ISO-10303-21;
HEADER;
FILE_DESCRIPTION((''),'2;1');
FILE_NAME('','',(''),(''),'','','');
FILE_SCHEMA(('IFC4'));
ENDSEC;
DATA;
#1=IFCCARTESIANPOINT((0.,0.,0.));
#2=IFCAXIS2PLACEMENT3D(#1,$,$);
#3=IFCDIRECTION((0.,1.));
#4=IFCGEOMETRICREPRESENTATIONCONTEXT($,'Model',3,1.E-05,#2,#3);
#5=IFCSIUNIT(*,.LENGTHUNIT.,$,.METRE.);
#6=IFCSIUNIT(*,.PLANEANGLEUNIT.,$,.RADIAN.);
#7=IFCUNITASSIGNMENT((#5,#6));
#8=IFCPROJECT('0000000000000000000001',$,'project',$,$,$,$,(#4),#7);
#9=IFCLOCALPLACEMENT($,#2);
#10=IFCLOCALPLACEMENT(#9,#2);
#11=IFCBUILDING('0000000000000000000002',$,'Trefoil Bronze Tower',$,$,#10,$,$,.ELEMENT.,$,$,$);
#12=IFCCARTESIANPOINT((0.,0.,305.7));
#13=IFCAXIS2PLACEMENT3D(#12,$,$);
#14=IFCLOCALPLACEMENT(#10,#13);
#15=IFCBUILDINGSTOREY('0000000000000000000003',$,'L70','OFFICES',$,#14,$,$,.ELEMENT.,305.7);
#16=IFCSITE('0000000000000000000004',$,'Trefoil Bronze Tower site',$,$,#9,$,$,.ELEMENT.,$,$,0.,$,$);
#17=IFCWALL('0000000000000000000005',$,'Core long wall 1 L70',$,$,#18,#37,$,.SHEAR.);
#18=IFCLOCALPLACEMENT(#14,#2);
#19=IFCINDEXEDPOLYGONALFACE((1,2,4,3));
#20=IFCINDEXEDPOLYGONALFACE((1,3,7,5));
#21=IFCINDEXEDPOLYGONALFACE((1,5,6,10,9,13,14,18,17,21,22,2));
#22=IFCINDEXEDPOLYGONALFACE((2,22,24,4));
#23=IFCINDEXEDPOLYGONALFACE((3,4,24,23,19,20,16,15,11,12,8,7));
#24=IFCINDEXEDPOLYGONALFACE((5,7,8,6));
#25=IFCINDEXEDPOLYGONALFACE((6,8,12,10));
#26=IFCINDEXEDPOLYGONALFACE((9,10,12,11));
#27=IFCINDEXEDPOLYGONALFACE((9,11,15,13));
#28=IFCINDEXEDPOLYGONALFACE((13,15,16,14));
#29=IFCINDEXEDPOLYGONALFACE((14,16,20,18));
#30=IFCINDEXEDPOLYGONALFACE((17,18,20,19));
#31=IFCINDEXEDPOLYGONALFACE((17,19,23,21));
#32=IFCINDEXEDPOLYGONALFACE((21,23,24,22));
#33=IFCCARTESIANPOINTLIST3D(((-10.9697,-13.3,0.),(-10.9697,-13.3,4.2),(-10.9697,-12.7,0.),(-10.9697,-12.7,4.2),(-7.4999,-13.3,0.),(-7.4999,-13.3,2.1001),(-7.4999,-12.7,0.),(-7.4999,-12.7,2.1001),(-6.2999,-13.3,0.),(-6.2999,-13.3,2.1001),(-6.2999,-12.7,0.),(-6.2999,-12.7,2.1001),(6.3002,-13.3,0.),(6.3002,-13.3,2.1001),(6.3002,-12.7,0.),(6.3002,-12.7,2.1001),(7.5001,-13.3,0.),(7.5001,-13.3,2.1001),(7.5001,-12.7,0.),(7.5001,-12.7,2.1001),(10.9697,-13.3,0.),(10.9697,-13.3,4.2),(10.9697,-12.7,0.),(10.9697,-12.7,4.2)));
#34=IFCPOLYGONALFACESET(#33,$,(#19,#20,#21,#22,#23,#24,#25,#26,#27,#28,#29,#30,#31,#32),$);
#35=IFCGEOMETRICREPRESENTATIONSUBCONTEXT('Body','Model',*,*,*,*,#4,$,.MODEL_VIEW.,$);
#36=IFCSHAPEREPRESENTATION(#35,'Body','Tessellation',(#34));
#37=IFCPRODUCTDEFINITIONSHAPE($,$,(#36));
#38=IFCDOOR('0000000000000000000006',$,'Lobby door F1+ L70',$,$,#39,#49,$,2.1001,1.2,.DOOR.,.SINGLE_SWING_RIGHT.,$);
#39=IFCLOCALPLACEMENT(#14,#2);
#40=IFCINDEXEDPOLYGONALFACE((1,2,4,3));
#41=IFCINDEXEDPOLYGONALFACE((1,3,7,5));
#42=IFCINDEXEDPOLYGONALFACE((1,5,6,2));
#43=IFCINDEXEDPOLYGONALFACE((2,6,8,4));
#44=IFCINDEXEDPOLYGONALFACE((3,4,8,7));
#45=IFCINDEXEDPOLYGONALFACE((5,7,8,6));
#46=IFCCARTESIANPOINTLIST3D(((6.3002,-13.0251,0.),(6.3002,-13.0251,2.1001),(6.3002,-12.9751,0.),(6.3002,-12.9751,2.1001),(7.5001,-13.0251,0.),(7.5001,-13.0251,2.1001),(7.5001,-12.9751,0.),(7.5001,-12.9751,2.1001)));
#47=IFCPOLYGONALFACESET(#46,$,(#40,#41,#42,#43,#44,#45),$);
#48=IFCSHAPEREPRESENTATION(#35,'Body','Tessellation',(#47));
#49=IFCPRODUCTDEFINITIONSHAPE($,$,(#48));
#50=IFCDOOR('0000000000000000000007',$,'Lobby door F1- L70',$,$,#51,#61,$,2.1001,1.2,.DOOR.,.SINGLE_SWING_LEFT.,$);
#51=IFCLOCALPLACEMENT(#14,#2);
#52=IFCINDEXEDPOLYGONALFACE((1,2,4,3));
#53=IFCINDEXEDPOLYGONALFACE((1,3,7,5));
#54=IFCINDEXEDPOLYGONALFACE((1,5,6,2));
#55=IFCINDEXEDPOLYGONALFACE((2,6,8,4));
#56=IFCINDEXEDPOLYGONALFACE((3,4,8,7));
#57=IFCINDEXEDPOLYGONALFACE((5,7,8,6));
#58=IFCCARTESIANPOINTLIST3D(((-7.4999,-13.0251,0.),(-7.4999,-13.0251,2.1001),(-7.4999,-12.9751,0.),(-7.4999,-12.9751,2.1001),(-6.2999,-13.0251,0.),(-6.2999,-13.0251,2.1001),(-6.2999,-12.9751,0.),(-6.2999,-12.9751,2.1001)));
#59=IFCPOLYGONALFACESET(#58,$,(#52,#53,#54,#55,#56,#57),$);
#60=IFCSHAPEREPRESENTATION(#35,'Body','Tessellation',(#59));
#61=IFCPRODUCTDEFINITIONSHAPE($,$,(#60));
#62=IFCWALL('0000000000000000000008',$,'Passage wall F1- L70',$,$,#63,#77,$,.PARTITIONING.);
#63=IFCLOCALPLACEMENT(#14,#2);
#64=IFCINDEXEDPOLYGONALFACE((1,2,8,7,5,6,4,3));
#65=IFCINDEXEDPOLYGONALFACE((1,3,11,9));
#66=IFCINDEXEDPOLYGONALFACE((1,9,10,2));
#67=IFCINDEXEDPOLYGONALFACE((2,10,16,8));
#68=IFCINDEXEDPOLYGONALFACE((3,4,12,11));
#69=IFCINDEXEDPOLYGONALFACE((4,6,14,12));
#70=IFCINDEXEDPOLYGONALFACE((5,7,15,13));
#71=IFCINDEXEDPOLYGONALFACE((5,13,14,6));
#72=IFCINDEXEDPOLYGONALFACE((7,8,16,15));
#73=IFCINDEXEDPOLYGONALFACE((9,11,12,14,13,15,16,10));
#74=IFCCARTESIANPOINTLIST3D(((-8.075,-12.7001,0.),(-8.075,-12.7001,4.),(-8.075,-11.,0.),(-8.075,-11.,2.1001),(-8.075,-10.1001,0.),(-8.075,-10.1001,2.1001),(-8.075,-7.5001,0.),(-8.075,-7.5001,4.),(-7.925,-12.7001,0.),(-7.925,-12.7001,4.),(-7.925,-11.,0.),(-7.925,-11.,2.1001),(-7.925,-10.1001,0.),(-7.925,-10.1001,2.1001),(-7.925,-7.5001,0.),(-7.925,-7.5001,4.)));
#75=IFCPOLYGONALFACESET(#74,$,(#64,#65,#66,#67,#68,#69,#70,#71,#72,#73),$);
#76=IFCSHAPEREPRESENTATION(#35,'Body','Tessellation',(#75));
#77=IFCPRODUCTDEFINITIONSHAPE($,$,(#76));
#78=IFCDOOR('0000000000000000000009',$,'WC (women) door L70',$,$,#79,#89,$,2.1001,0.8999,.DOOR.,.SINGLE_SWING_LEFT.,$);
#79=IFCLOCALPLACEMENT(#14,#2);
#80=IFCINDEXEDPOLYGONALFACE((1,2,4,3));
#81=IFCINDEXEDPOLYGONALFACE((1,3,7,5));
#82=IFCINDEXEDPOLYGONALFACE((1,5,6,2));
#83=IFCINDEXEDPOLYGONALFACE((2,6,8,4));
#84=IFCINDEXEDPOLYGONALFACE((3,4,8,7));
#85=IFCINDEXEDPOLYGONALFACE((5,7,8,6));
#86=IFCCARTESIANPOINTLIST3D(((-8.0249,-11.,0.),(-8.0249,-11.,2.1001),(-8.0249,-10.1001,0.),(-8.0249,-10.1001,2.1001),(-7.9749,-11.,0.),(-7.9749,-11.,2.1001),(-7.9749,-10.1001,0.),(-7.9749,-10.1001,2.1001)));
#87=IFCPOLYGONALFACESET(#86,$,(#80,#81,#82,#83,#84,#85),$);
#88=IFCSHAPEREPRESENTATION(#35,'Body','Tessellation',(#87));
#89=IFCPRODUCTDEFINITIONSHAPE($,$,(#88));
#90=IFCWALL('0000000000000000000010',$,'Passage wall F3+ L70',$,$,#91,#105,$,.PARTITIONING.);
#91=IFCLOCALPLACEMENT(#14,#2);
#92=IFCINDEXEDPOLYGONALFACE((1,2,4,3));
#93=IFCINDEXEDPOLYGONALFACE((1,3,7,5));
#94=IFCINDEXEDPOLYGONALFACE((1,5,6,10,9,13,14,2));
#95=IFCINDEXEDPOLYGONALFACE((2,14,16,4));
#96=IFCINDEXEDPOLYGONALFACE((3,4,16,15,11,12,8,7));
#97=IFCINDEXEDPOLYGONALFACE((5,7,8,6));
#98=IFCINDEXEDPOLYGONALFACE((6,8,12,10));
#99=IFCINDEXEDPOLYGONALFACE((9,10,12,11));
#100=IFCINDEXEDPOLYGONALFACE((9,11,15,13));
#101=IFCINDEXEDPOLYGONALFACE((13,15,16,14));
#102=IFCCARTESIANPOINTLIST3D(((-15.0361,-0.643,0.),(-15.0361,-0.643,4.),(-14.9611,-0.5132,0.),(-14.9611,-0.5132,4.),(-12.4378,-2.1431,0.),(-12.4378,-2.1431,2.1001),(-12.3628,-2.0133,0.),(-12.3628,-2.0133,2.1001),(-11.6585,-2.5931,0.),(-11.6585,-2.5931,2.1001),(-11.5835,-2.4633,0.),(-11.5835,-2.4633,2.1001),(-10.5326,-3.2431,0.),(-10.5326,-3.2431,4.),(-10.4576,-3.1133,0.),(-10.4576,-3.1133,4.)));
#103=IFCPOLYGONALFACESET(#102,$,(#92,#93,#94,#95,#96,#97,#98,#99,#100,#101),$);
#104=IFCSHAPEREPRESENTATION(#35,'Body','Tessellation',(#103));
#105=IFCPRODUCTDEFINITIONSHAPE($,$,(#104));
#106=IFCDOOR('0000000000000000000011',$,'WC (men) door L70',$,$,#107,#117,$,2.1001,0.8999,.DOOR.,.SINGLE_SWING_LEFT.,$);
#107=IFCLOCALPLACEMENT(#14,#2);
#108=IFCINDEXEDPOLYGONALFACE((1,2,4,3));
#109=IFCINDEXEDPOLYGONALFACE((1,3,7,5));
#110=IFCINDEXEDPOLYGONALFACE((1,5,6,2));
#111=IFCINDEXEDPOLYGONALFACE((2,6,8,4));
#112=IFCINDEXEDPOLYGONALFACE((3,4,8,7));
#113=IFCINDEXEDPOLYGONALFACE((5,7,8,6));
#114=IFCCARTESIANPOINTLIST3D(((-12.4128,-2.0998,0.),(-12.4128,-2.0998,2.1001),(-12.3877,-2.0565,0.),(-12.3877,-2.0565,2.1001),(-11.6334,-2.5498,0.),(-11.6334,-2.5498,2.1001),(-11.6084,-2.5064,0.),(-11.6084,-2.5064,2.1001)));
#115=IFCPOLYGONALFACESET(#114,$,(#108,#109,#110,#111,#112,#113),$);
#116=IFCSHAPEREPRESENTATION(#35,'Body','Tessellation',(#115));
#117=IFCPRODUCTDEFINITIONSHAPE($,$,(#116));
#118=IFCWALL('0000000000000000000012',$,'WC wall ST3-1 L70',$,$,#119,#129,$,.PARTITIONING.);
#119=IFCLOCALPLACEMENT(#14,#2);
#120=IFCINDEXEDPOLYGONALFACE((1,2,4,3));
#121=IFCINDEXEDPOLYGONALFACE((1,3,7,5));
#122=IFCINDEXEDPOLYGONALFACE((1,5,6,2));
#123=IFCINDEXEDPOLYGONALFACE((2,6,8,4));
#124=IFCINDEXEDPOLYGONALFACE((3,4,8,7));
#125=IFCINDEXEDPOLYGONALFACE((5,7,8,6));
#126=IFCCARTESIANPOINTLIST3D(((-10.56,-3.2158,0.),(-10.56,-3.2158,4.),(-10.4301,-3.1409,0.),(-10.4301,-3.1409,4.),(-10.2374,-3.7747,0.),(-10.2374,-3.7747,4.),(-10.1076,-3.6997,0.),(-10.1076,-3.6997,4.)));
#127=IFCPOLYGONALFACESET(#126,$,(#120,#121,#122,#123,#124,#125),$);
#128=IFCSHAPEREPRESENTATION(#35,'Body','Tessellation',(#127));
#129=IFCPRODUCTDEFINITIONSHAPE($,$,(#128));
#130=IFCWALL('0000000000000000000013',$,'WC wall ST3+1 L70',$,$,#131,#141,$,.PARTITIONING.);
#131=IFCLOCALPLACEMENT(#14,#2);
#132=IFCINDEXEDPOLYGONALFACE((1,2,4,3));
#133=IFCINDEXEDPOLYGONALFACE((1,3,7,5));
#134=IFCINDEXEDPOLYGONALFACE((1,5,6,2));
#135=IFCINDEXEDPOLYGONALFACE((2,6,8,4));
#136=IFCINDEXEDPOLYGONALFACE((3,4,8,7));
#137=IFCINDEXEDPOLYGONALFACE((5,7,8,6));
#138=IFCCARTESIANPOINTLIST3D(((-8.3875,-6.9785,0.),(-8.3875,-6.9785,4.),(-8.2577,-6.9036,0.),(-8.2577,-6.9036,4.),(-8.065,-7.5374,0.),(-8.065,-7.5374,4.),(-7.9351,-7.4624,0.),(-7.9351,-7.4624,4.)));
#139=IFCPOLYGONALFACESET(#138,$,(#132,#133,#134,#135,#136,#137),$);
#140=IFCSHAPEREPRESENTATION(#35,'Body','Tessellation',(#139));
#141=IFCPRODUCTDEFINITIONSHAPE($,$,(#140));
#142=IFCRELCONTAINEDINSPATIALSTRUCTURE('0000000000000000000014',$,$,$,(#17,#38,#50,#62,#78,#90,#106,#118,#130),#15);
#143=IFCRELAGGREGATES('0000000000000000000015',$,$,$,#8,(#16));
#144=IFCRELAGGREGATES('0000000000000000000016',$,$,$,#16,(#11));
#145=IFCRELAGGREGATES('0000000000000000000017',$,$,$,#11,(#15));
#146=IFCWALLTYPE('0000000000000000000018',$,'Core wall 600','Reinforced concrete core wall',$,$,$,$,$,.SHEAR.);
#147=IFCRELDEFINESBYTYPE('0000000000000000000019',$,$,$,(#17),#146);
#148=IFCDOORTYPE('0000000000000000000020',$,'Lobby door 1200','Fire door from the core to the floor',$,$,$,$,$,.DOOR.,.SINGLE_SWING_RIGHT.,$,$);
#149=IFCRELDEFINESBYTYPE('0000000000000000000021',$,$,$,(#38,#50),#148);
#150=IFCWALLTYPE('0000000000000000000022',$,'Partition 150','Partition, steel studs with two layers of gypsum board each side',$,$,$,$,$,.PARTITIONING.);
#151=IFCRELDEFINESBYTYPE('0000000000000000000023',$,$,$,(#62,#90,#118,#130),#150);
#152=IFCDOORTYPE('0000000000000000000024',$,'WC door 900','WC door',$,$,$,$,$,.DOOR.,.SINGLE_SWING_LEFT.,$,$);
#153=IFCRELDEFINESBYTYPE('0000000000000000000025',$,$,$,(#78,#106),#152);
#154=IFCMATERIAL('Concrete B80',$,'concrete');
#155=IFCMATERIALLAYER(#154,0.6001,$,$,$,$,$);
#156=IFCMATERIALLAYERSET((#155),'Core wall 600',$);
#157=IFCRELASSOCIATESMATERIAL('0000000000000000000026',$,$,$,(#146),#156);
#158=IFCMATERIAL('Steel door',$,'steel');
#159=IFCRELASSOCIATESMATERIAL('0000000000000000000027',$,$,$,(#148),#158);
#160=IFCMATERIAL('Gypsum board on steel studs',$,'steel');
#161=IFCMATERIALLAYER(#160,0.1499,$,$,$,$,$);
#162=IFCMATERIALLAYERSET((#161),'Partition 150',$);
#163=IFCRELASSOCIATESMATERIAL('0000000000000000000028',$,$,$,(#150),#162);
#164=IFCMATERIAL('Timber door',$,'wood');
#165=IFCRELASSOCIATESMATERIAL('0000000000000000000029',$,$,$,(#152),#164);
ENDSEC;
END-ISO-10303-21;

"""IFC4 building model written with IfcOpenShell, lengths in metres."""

from ifc_helpers import new_model, si_unit, direction, frame, frame_2d, origin, place, context, subcontext, project, spatial, rectangle, extrude, material, layer, layer_set, type_object, element, fill, save


model = new_model("IFC4")

# Units and contexts
model_context = context("Model", 3, precision=1e-05, world=origin(), true_north=direction((0.0, 1.0)))
body_context = subcontext(model_context, "Body", "Model", "MODEL_VIEW")
ifc_project = project(units=[si_unit("LENGTHUNIT", "METRE"), si_unit("PLANEANGLEUNIT", "RADIAN")], contexts=[model_context])

# Site, building, storey
site_placement = place(None, origin())
site = spatial("IfcSite", under=ifc_project, at=site_placement, Name="Trefoil Bronze Tower site", CompositionType="ELEMENT", RefElevation=0.0)
building_placement = place(site_placement, origin())
building = spatial("IfcBuilding", under=site, at=building_placement, Name="Trefoil Bronze Tower", CompositionType="ELEMENT")
storey_placement = place(building_placement, frame((0.0, 0.0, 305.7)))
storey = spatial("IfcBuildingStorey", under=building, at=storey_placement, Name="L70", Description="OFFICES", CompositionType="ELEMENT", Elevation=305.7)

# Wall, openings, doors
ifc_material_1 = material(Name="Concrete B80", Category="concrete")
ifc_layer_1 = layer(ifc_material_1, 0.6001)
ifc_layer_set_1 = layer_set([ifc_layer_1], Name="Core wall 600")
wall_type_1 = type_object("IfcWallType", Name="Core wall 600", Description="Reinforced concrete core wall", PredefinedType="SHEAR", material=ifc_layer_set_1)
wall_1_placement = place(storey_placement, frame((-10.9697, -13.0, 0.0), z_axis=(0.0, 0.0, 1.0), x_axis=(1.0, 0.0, 0.0)))
wall_1 = element("IfcWall", 1, at=wall_1_placement, inside=storey, type_object=wall_type_1, Name="Core long wall 1 L70", PredefinedType="SHEAR", context=body_context, shape_type="SweptSolid", body=[
    extrude(rectangle(XDim=21.9395, YDim=0.6001, at=frame_2d((10.9697, 0.0))), origin(), (0.0, 0.0, 1.0), 4.2),
])
opening_1_placement = place(wall_1_placement, frame((17.2698, 0.0, 0.0)))
opening_1 = element("IfcOpeningElement", 2, at=opening_1_placement, cuts=wall_1, PredefinedType="OPENING", context=body_context, shape_type="SweptSolid", body=[
    extrude(rectangle(XDim=1.2, YDim=2.1001, at=frame_2d((0.6001, 1.05))), frame((0.0, 0.3101, 0.0), z_axis=(0.0, -1.0, 0.0), x_axis=(1.0, 0.0, 0.0)), (0.0, 0.0, 1.0), 0.6201),
])
opening_2_placement = place(wall_1_placement, frame((3.4697, 0.0, 0.0)))
opening_2 = element("IfcOpeningElement", 3, at=opening_2_placement, cuts=wall_1, PredefinedType="OPENING", context=body_context, shape_type="SweptSolid", body=[
    extrude(rectangle(XDim=1.2, YDim=2.1001, at=frame_2d((0.6001, 1.05))), frame((0.0, 0.3101, 0.0), z_axis=(0.0, -1.0, 0.0), x_axis=(1.0, 0.0, 0.0)), (0.0, 0.0, 1.0), 0.6201),
])
ifc_material_2 = material(Name="Steel door", Category="steel")
door_type_1 = type_object("IfcDoorType", Name="Lobby door 1200", Description="Fire door from the core to the floor", OperationType="SINGLE_SWING_RIGHT", PredefinedType="DOOR", material=ifc_material_2)
door_1_placement = place(opening_1_placement, origin())
door_1 = element("IfcDoor", 4, at=door_1_placement, inside=storey, type_object=door_type_1, Name="Lobby door F1+ L70", OperationType="SINGLE_SWING_RIGHT", OverallHeight=2.1001, OverallWidth=1.2, PredefinedType="DOOR", context=body_context, shape_type="SweptSolid", body=[
    extrude(rectangle(XDim=1.2, YDim=2.1001, at=frame_2d((0.6001, 1.05))), frame((0.0, 0.0249, 0.0), z_axis=(0.0, -1.0, 0.0), x_axis=(1.0, 0.0, 0.0)), (0.0, 0.0, 1.0), 0.05),
])
fill(opening_1, door_1)
door_2_placement = place(opening_2_placement, origin())
door_2 = element("IfcDoor", 5, at=door_2_placement, inside=storey, type_object=door_type_1, Name="Lobby door F1- L70", OperationType="SINGLE_SWING_LEFT", OverallHeight=2.1001, OverallWidth=1.2, PredefinedType="DOOR", context=body_context, shape_type="SweptSolid", body=[
    extrude(rectangle(XDim=1.2, YDim=2.1001, at=frame_2d((0.6001, 1.05))), frame((0.0, 0.0249, 0.0), z_axis=(0.0, -1.0, 0.0), x_axis=(1.0, 0.0, 0.0)), (0.0, 0.0, 1.0), 0.05),
])
fill(opening_2, door_2)

# Walls, openings, doors
ifc_material_3 = material(Name="Gypsum board on steel studs", Category="steel")
ifc_layer_2 = layer(ifc_material_3, 0.1499)
ifc_layer_set_2 = layer_set([ifc_layer_2], Name="Partition 150")
wall_type_2 = type_object("IfcWallType", Name="Partition 150", Description="Partition, steel studs with two layers of gypsum board each side", PredefinedType="PARTITIONING", material=ifc_layer_set_2)
wall_2_placement = place(storey_placement, frame((-8.0, -7.5, 0.0), z_axis=(0.0, 0.0, 1.0), x_axis=(0.0, -1.0, 0.0)))
wall_2 = element("IfcWall", 6, at=wall_2_placement, inside=storey, type_object=wall_type_2, Name="Passage wall F1- L70", PredefinedType="PARTITIONING", context=body_context, shape_type="SweptSolid", body=[
    extrude(rectangle(XDim=5.2, YDim=0.1499, at=frame_2d((2.6001, 0.0))), origin(), (0.0, 0.0, 1.0), 4.0),
])
opening_3_placement = place(wall_2_placement, frame((2.6001, 0.0, 0.0)))
opening_3 = element("IfcOpeningElement", 7, at=opening_3_placement, cuts=wall_2, PredefinedType="OPENING", context=body_context, shape_type="SweptSolid", body=[
    extrude(rectangle(XDim=0.8999, YDim=2.1001, at=frame_2d((0.45, 1.05))), frame((0.0, 0.085, 0.0), z_axis=(0.0, -1.0, 0.0), x_axis=(1.0, 0.0, 0.0)), (0.0, 0.0, 1.0), 0.1699),
])
ifc_material_4 = material(Name="Timber door", Category="wood")
door_type_2 = type_object("IfcDoorType", Name="WC door 900", Description="WC door", OperationType="SINGLE_SWING_LEFT", PredefinedType="DOOR", material=ifc_material_4)
door_3_placement = place(opening_3_placement, frame((0.8999, 0.0, 0.0), z_axis=(0.0, 0.0, 1.0), x_axis=(-1.0, 0.0, 0.0)))
door_3 = element("IfcDoor", 8, at=door_3_placement, inside=storey, type_object=door_type_2, Name="WC (women) door L70", OperationType="SINGLE_SWING_LEFT", OverallHeight=2.1001, OverallWidth=0.8999, PredefinedType="DOOR", context=body_context, shape_type="SweptSolid", body=[
    extrude(rectangle(XDim=0.8999, YDim=2.1001, at=frame_2d((0.45, 1.05))), frame((0.0, 0.0249, 0.0), z_axis=(0.0, -1.0, 0.0), x_axis=(1.0, 0.0, 0.0)), (0.0, 0.0, 1.0), 0.05),
])
fill(opening_3, door_3)
wall_3_placement = place(storey_placement, frame((-10.4951, -3.1782, 0.0), z_axis=(0.0, 0.0, 1.0), x_axis=(-0.866021, 0.500007, 0.0)))
wall_3 = element("IfcWall", 9, at=wall_3_placement, inside=storey, type_object=wall_type_2, Name="Passage wall F3+ L70", PredefinedType="PARTITIONING", context=body_context, shape_type="SweptSolid", body=[
    extrude(rectangle(XDim=5.2002, YDim=0.1499, at=frame_2d((2.6001, 0.0))), origin(), (0.0, 0.0, 1.0), 4.0),
])
opening_4_placement = place(wall_3_placement, frame((1.3, 0.0, 0.0)))
opening_4 = element("IfcOpeningElement", 10, at=opening_4_placement, cuts=wall_3, PredefinedType="OPENING", context=body_context, shape_type="SweptSolid", body=[
    extrude(rectangle(XDim=0.8999, YDim=2.1001, at=frame_2d((0.45, 1.05))), frame((0.0, 0.085, 0.0), z_axis=(0.0, -1.0, 0.0), x_axis=(1.0, 0.0, 0.0)), (0.0, 0.0, 1.0), 0.1699),
])
door_4_placement = place(opening_4_placement, origin())
door_4 = element("IfcDoor", 11, at=door_4_placement, inside=storey, type_object=door_type_2, Name="WC (men) door L70", OperationType="SINGLE_SWING_LEFT", OverallHeight=2.1001, OverallWidth=0.8999, PredefinedType="DOOR", context=body_context, shape_type="SweptSolid", body=[
    extrude(rectangle(XDim=0.8999, YDim=2.1001, at=frame_2d((0.45, 1.05))), frame((0.0, 0.0249, 0.0), z_axis=(0.0, -1.0, 0.0), x_axis=(1.0, 0.0, 0.0)), (0.0, 0.0, 1.0), 0.05),
])
fill(opening_4, door_4)

# Walls
for number, where, z_axis, x_axis, name in (
    (12, (-10.4951, -3.1782, 0.0), (0.0, 0.0, 1.0), (0.499843, -0.866116, 0.0), "WC wall ST3-1 L70"),
    (13, (-8.0, -7.5, 0.0), (0.0, 0.0, 1.0), (-0.499843, 0.866116, 0.0), "WC wall ST3+1 L70"),
):
    element("IfcWall", number, at=place(storey_placement, frame(where, z_axis=z_axis, x_axis=x_axis)), inside=storey, type_object=wall_type_2, Name=name, PredefinedType="PARTITIONING", context=body_context, shape_type="SweptSolid", body=[
        extrude(rectangle(XDim=0.6453, YDim=0.1499, at=frame_2d((0.3228, 0.0))), origin(), (0.0, 0.0, 1.0), 4.0),
    ])

save(model, "model.ifc")
